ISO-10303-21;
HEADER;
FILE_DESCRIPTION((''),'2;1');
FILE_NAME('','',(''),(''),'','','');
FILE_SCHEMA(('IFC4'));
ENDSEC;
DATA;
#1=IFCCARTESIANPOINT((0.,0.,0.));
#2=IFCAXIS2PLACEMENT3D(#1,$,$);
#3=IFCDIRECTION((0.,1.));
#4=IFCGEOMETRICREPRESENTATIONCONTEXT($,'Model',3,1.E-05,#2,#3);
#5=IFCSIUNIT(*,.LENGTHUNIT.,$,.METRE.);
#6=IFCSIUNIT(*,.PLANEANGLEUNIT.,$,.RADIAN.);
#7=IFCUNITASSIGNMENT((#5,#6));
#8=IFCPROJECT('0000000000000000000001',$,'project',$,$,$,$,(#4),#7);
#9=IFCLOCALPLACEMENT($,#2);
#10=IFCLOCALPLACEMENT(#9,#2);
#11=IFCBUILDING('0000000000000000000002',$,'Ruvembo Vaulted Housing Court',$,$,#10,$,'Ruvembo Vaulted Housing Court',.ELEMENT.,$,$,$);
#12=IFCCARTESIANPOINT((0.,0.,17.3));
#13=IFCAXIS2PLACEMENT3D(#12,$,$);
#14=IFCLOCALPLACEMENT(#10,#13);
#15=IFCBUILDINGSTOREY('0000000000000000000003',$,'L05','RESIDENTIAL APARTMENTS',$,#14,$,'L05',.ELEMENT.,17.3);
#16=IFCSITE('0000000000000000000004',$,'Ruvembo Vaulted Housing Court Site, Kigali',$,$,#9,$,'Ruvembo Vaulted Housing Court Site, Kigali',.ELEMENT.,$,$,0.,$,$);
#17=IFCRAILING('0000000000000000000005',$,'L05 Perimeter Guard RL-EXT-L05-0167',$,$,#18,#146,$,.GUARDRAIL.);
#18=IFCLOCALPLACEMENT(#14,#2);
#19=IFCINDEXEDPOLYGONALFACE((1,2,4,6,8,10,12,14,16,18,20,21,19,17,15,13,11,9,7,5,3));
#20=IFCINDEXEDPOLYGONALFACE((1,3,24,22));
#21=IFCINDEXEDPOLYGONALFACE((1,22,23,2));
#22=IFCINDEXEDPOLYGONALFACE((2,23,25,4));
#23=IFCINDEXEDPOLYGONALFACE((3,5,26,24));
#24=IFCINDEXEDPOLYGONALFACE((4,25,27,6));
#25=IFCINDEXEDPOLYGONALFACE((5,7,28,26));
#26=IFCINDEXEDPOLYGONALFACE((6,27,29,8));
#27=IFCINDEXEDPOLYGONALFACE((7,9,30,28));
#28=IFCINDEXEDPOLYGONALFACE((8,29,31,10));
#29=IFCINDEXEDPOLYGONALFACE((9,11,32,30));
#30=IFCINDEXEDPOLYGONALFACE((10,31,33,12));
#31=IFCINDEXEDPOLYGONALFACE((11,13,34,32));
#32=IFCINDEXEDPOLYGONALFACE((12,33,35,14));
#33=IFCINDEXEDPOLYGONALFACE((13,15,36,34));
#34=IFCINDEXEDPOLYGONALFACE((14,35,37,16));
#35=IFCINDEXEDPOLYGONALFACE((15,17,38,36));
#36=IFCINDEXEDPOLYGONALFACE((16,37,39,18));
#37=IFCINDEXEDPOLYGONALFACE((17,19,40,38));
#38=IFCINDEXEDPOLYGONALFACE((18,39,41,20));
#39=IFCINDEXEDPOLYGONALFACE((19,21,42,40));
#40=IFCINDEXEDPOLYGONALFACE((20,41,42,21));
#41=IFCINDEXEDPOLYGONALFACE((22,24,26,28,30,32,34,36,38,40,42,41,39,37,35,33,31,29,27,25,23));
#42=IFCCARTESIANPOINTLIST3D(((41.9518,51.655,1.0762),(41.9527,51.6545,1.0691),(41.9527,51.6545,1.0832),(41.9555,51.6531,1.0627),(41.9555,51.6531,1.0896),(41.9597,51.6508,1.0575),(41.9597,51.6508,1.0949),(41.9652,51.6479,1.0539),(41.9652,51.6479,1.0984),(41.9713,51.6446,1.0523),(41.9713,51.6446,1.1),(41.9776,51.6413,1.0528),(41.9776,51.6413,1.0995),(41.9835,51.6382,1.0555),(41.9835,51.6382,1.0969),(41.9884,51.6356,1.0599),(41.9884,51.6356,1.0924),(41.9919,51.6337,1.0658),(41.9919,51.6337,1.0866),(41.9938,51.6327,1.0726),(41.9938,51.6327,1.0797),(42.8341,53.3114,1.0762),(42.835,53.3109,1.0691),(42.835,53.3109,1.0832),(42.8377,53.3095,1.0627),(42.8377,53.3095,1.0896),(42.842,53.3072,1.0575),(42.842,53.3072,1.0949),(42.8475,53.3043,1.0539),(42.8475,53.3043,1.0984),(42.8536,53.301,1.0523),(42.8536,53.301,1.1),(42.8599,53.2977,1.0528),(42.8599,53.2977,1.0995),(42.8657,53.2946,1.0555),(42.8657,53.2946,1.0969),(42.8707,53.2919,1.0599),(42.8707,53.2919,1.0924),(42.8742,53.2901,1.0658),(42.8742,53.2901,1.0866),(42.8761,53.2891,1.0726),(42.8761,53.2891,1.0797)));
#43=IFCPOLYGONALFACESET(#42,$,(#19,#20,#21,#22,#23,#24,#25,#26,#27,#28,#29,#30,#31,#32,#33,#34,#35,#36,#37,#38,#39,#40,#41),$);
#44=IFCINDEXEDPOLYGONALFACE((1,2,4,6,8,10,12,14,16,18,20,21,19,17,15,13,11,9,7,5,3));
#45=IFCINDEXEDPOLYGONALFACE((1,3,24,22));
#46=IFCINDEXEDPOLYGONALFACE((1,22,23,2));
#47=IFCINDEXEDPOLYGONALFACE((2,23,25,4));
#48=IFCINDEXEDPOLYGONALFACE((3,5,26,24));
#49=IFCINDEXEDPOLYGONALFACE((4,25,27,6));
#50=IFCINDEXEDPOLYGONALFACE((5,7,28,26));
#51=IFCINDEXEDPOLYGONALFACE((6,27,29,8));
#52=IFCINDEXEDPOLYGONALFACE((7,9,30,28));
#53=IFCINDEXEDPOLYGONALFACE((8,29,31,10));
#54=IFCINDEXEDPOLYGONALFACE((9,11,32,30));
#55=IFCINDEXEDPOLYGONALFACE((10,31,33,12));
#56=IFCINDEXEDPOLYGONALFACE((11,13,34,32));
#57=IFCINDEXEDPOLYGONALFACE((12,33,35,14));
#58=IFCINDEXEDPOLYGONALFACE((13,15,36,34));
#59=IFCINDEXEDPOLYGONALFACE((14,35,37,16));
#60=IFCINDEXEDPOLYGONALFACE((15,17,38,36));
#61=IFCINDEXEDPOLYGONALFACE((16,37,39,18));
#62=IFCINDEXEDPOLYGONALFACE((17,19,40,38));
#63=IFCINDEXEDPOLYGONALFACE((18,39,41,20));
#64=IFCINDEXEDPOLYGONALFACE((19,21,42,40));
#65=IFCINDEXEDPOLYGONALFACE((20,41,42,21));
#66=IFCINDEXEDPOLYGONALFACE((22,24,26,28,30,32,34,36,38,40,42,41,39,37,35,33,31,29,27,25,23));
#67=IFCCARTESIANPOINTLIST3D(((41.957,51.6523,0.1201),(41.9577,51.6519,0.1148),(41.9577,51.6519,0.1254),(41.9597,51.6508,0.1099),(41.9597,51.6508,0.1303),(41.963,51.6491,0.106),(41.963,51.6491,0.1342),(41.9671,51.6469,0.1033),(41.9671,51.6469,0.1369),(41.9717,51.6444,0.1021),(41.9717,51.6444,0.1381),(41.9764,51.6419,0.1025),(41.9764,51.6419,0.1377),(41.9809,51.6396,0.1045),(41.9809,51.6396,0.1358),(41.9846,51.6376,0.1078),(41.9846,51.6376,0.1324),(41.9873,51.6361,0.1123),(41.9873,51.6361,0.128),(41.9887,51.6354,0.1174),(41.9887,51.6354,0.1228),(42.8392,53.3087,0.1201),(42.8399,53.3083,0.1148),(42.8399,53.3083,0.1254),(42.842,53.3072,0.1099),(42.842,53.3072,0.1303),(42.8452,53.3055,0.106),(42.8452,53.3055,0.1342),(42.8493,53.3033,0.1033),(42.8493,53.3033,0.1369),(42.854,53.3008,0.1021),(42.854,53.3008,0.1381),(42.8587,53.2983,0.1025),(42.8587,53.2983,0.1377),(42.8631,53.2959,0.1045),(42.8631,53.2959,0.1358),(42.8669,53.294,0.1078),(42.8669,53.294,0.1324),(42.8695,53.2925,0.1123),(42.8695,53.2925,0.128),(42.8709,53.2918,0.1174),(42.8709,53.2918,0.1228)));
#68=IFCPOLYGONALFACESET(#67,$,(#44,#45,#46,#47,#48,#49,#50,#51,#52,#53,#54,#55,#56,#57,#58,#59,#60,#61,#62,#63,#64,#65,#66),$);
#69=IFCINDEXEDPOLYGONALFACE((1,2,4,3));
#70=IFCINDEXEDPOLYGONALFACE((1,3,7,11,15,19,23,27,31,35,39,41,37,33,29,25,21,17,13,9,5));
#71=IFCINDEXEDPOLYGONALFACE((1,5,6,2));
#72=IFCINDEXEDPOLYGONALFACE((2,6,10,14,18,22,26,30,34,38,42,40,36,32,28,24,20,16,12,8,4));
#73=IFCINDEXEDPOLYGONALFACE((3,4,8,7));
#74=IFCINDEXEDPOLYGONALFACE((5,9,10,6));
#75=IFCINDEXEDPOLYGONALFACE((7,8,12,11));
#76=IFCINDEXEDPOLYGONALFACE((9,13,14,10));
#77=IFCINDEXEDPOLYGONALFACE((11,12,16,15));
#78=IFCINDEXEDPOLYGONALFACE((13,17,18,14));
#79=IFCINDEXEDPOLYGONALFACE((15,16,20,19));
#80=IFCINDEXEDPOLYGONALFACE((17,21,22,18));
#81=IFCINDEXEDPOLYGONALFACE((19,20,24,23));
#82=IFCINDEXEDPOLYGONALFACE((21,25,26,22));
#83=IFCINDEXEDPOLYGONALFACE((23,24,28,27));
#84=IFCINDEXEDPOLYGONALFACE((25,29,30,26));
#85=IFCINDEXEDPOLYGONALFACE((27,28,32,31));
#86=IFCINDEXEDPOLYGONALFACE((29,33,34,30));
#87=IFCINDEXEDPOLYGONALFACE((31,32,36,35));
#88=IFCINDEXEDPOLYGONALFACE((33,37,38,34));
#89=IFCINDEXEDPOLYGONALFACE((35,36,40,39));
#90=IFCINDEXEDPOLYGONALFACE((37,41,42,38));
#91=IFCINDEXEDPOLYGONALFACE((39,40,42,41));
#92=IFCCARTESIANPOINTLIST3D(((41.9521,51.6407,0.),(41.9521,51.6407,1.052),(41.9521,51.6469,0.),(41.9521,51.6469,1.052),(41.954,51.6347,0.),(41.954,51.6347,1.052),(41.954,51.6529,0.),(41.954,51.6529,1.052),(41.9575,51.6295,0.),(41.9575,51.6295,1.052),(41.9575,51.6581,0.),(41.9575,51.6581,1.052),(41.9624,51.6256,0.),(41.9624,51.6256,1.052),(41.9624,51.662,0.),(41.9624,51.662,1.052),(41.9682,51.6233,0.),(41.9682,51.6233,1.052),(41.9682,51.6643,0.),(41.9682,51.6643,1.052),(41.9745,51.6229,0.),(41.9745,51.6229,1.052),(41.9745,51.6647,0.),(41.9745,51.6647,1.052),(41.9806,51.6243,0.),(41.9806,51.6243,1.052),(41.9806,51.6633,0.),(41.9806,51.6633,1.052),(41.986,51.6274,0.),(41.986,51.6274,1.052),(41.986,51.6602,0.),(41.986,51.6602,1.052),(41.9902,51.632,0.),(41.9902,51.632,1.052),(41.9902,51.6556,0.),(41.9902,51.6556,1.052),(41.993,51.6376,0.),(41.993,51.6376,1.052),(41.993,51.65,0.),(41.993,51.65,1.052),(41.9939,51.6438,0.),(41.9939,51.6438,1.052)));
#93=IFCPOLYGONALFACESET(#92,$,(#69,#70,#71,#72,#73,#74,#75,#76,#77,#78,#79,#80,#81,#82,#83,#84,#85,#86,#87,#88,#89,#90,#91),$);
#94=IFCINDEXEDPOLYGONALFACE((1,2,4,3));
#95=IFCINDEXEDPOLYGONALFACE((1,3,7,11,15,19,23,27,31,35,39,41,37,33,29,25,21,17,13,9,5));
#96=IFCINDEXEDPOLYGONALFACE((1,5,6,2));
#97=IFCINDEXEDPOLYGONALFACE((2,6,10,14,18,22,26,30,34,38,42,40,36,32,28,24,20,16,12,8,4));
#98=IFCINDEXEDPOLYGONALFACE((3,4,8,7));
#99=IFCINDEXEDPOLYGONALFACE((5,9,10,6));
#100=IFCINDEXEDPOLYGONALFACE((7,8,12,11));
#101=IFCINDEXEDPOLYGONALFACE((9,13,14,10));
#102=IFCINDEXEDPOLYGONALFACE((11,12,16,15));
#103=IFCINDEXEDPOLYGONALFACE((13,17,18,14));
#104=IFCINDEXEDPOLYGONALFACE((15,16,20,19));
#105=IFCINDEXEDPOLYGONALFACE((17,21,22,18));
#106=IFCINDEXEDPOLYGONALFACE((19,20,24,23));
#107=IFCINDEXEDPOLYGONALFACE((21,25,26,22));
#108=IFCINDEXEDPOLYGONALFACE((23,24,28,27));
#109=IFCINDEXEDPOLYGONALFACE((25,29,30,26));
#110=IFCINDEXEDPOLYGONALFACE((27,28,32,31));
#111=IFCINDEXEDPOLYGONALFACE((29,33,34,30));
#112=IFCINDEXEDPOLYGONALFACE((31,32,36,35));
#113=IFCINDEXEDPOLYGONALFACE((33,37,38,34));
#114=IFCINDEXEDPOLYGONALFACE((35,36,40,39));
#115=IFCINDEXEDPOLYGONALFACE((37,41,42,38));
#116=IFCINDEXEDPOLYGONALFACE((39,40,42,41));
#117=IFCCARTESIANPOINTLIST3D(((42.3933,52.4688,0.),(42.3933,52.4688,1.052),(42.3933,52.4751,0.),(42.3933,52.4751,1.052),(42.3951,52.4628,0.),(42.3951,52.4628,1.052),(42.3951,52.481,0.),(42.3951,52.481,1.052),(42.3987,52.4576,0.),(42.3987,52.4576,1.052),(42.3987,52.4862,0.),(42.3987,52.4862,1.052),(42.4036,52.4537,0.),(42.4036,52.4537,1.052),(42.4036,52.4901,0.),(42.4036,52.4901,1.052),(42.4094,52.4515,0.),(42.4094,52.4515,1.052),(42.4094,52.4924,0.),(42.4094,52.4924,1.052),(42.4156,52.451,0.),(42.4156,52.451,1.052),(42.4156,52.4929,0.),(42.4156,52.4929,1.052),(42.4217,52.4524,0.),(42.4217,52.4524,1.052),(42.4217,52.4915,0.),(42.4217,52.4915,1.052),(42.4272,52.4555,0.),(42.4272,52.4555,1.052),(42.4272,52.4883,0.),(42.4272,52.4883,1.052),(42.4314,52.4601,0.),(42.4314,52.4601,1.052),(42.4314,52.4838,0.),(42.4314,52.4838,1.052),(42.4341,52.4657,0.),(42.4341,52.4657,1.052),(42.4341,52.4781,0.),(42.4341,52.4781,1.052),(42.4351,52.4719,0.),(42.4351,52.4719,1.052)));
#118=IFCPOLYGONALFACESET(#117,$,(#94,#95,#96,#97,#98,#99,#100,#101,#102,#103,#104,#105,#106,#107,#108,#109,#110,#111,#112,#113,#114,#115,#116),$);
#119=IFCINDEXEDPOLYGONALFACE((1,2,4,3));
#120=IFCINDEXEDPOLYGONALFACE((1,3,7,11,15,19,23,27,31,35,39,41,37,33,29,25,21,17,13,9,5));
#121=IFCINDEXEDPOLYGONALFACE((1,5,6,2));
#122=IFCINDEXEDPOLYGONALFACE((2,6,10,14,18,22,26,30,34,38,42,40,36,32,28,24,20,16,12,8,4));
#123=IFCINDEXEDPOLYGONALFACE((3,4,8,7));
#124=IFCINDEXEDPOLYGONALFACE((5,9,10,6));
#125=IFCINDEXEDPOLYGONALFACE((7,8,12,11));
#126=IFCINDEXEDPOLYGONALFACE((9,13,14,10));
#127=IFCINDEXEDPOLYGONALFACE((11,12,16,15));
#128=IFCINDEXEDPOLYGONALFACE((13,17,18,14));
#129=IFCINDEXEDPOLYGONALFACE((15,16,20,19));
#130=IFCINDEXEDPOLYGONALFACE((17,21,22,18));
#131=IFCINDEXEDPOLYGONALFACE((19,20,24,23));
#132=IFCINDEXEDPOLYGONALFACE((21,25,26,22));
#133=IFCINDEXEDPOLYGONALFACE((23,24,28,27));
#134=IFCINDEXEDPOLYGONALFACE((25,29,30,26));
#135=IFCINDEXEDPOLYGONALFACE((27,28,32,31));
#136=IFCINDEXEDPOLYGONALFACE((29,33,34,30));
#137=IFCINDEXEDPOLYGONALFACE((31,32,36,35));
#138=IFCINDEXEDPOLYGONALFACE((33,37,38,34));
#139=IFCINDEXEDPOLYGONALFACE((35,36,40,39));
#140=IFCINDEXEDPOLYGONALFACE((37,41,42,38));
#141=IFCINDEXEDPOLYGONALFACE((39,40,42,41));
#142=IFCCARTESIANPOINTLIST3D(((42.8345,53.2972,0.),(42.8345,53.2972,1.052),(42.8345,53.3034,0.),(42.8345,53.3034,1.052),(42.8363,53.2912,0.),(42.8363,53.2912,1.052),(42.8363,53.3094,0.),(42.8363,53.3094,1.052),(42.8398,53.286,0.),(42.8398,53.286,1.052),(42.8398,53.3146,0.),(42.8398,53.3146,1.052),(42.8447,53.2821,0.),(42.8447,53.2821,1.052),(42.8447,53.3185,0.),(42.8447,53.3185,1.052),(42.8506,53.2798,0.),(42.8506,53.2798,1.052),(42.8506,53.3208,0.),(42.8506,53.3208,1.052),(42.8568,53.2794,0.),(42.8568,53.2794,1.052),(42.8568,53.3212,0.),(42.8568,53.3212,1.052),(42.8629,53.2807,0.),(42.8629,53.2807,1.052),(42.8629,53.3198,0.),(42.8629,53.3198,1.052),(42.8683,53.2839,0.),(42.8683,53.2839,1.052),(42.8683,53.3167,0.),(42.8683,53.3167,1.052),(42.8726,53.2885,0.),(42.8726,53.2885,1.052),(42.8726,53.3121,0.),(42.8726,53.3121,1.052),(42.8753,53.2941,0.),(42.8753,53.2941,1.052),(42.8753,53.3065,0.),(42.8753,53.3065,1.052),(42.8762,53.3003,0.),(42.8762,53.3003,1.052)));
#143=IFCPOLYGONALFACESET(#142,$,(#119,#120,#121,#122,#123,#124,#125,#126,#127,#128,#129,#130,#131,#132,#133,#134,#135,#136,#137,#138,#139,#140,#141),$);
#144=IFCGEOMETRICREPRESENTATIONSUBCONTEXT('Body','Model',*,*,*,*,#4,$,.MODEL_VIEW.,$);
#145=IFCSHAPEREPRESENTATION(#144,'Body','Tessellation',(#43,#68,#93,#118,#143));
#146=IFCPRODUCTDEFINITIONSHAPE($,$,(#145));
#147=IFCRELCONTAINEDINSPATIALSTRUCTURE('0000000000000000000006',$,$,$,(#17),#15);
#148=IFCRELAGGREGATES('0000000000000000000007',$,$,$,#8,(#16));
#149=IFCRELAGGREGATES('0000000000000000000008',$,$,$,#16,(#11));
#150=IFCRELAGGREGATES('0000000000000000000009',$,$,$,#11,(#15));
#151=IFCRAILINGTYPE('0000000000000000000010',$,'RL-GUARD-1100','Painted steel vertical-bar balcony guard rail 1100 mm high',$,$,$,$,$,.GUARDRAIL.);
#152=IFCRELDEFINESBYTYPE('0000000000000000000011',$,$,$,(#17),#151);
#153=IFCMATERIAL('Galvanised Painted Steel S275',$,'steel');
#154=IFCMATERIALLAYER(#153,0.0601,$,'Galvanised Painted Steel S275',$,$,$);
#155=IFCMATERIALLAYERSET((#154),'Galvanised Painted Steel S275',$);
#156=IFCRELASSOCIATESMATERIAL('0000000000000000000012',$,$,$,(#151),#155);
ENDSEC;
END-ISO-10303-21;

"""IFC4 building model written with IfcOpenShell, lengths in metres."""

from ifc_helpers import new_model, si_unit, direction, frame, origin, origin_2d, place, context, subcontext, project, spatial, circle, extrude, material, layer, layer_set, type_object, element, save


model = new_model("IFC4")

# Units and contexts
model_context = context("Model", 3, precision=1e-05, world=origin(), true_north=direction((0.0, 1.0)))
body_context = subcontext(model_context, "Body", "Model", "MODEL_VIEW")
ifc_project = project(units=[si_unit("LENGTHUNIT", "METRE"), si_unit("PLANEANGLEUNIT", "RADIAN")], contexts=[model_context])

# Site, building, storey
site_placement = place(None, origin())
site = spatial("IfcSite", under=ifc_project, at=site_placement, Name="Ruvembo Vaulted Housing Court Site, Kigali", LongName="Ruvembo Vaulted Housing Court Site, Kigali", CompositionType="ELEMENT", RefElevation=0.0)
building_placement = place(site_placement, origin())
building = spatial("IfcBuilding", under=site, at=building_placement, Name="Ruvembo Vaulted Housing Court", LongName="Ruvembo Vaulted Housing Court", CompositionType="ELEMENT")
storey_placement = place(building_placement, frame((0.0, 0.0, 17.3)))
storey = spatial("IfcBuildingStorey", under=building, at=storey_placement, Name="L05", Description="RESIDENTIAL APARTMENTS", LongName="L05", CompositionType="ELEMENT", Elevation=17.3)

# Railing
ifc_material_1 = material(Name="Galvanised Painted Steel S275", Category="steel")
ifc_layer = layer(ifc_material_1, 0.0601, Name="Galvanised Painted Steel S275")
ifc_layer_set = layer_set([ifc_layer], Name="Galvanised Painted Steel S275")
railing_type = type_object("IfcRailingType", Name="RL-GUARD-1100", Description="Painted steel vertical-bar balcony guard rail 1100 mm high", PredefinedType="GUARDRAIL", material=ifc_layer_set)
railing_1_placement = place(storey_placement, frame((41.9729, 51.6438, 0.0)))
element("IfcRailing", 1, at=railing_1_placement, inside=storey, type_object=railing_type, Name="L05 Perimeter Guard RL-EXT-L05-0167", PredefinedType="GUARDRAIL", context=body_context, shape_type="SweptSolid", body=[
    extrude(circle(Radius=0.0239, at=origin_2d()), frame((0.0, 0.0, 1.0762), z_axis=(0.470116, 0.882605, 0.0), x_axis=(-0.882605, 0.470116, 0.0)), (0.0, 0.0, 1.0), 1.8767),
    extrude(circle(Radius=0.0181, at=origin_2d()), frame((0.0, 0.0, 0.1201), z_axis=(0.470116, 0.882605, 0.0), x_axis=(-0.882605, 0.470116, 0.0)), (0.0, 0.0, 1.0), 1.8767),
    extrude(circle(Radius=0.021, at=origin_2d()), origin(), (0.0, 0.0, 1.0), 1.052),
    extrude(circle(Radius=0.021, at=origin_2d()), frame((0.4412, 0.8281, 0.0)), (0.0, 0.0, 1.0), 1.052),
    extrude(circle(Radius=0.021, at=origin_2d()), frame((0.8823, 1.6565, 0.0)), (0.0, 0.0, 1.0), 1.052),
])

save(model, "model.ifc")
